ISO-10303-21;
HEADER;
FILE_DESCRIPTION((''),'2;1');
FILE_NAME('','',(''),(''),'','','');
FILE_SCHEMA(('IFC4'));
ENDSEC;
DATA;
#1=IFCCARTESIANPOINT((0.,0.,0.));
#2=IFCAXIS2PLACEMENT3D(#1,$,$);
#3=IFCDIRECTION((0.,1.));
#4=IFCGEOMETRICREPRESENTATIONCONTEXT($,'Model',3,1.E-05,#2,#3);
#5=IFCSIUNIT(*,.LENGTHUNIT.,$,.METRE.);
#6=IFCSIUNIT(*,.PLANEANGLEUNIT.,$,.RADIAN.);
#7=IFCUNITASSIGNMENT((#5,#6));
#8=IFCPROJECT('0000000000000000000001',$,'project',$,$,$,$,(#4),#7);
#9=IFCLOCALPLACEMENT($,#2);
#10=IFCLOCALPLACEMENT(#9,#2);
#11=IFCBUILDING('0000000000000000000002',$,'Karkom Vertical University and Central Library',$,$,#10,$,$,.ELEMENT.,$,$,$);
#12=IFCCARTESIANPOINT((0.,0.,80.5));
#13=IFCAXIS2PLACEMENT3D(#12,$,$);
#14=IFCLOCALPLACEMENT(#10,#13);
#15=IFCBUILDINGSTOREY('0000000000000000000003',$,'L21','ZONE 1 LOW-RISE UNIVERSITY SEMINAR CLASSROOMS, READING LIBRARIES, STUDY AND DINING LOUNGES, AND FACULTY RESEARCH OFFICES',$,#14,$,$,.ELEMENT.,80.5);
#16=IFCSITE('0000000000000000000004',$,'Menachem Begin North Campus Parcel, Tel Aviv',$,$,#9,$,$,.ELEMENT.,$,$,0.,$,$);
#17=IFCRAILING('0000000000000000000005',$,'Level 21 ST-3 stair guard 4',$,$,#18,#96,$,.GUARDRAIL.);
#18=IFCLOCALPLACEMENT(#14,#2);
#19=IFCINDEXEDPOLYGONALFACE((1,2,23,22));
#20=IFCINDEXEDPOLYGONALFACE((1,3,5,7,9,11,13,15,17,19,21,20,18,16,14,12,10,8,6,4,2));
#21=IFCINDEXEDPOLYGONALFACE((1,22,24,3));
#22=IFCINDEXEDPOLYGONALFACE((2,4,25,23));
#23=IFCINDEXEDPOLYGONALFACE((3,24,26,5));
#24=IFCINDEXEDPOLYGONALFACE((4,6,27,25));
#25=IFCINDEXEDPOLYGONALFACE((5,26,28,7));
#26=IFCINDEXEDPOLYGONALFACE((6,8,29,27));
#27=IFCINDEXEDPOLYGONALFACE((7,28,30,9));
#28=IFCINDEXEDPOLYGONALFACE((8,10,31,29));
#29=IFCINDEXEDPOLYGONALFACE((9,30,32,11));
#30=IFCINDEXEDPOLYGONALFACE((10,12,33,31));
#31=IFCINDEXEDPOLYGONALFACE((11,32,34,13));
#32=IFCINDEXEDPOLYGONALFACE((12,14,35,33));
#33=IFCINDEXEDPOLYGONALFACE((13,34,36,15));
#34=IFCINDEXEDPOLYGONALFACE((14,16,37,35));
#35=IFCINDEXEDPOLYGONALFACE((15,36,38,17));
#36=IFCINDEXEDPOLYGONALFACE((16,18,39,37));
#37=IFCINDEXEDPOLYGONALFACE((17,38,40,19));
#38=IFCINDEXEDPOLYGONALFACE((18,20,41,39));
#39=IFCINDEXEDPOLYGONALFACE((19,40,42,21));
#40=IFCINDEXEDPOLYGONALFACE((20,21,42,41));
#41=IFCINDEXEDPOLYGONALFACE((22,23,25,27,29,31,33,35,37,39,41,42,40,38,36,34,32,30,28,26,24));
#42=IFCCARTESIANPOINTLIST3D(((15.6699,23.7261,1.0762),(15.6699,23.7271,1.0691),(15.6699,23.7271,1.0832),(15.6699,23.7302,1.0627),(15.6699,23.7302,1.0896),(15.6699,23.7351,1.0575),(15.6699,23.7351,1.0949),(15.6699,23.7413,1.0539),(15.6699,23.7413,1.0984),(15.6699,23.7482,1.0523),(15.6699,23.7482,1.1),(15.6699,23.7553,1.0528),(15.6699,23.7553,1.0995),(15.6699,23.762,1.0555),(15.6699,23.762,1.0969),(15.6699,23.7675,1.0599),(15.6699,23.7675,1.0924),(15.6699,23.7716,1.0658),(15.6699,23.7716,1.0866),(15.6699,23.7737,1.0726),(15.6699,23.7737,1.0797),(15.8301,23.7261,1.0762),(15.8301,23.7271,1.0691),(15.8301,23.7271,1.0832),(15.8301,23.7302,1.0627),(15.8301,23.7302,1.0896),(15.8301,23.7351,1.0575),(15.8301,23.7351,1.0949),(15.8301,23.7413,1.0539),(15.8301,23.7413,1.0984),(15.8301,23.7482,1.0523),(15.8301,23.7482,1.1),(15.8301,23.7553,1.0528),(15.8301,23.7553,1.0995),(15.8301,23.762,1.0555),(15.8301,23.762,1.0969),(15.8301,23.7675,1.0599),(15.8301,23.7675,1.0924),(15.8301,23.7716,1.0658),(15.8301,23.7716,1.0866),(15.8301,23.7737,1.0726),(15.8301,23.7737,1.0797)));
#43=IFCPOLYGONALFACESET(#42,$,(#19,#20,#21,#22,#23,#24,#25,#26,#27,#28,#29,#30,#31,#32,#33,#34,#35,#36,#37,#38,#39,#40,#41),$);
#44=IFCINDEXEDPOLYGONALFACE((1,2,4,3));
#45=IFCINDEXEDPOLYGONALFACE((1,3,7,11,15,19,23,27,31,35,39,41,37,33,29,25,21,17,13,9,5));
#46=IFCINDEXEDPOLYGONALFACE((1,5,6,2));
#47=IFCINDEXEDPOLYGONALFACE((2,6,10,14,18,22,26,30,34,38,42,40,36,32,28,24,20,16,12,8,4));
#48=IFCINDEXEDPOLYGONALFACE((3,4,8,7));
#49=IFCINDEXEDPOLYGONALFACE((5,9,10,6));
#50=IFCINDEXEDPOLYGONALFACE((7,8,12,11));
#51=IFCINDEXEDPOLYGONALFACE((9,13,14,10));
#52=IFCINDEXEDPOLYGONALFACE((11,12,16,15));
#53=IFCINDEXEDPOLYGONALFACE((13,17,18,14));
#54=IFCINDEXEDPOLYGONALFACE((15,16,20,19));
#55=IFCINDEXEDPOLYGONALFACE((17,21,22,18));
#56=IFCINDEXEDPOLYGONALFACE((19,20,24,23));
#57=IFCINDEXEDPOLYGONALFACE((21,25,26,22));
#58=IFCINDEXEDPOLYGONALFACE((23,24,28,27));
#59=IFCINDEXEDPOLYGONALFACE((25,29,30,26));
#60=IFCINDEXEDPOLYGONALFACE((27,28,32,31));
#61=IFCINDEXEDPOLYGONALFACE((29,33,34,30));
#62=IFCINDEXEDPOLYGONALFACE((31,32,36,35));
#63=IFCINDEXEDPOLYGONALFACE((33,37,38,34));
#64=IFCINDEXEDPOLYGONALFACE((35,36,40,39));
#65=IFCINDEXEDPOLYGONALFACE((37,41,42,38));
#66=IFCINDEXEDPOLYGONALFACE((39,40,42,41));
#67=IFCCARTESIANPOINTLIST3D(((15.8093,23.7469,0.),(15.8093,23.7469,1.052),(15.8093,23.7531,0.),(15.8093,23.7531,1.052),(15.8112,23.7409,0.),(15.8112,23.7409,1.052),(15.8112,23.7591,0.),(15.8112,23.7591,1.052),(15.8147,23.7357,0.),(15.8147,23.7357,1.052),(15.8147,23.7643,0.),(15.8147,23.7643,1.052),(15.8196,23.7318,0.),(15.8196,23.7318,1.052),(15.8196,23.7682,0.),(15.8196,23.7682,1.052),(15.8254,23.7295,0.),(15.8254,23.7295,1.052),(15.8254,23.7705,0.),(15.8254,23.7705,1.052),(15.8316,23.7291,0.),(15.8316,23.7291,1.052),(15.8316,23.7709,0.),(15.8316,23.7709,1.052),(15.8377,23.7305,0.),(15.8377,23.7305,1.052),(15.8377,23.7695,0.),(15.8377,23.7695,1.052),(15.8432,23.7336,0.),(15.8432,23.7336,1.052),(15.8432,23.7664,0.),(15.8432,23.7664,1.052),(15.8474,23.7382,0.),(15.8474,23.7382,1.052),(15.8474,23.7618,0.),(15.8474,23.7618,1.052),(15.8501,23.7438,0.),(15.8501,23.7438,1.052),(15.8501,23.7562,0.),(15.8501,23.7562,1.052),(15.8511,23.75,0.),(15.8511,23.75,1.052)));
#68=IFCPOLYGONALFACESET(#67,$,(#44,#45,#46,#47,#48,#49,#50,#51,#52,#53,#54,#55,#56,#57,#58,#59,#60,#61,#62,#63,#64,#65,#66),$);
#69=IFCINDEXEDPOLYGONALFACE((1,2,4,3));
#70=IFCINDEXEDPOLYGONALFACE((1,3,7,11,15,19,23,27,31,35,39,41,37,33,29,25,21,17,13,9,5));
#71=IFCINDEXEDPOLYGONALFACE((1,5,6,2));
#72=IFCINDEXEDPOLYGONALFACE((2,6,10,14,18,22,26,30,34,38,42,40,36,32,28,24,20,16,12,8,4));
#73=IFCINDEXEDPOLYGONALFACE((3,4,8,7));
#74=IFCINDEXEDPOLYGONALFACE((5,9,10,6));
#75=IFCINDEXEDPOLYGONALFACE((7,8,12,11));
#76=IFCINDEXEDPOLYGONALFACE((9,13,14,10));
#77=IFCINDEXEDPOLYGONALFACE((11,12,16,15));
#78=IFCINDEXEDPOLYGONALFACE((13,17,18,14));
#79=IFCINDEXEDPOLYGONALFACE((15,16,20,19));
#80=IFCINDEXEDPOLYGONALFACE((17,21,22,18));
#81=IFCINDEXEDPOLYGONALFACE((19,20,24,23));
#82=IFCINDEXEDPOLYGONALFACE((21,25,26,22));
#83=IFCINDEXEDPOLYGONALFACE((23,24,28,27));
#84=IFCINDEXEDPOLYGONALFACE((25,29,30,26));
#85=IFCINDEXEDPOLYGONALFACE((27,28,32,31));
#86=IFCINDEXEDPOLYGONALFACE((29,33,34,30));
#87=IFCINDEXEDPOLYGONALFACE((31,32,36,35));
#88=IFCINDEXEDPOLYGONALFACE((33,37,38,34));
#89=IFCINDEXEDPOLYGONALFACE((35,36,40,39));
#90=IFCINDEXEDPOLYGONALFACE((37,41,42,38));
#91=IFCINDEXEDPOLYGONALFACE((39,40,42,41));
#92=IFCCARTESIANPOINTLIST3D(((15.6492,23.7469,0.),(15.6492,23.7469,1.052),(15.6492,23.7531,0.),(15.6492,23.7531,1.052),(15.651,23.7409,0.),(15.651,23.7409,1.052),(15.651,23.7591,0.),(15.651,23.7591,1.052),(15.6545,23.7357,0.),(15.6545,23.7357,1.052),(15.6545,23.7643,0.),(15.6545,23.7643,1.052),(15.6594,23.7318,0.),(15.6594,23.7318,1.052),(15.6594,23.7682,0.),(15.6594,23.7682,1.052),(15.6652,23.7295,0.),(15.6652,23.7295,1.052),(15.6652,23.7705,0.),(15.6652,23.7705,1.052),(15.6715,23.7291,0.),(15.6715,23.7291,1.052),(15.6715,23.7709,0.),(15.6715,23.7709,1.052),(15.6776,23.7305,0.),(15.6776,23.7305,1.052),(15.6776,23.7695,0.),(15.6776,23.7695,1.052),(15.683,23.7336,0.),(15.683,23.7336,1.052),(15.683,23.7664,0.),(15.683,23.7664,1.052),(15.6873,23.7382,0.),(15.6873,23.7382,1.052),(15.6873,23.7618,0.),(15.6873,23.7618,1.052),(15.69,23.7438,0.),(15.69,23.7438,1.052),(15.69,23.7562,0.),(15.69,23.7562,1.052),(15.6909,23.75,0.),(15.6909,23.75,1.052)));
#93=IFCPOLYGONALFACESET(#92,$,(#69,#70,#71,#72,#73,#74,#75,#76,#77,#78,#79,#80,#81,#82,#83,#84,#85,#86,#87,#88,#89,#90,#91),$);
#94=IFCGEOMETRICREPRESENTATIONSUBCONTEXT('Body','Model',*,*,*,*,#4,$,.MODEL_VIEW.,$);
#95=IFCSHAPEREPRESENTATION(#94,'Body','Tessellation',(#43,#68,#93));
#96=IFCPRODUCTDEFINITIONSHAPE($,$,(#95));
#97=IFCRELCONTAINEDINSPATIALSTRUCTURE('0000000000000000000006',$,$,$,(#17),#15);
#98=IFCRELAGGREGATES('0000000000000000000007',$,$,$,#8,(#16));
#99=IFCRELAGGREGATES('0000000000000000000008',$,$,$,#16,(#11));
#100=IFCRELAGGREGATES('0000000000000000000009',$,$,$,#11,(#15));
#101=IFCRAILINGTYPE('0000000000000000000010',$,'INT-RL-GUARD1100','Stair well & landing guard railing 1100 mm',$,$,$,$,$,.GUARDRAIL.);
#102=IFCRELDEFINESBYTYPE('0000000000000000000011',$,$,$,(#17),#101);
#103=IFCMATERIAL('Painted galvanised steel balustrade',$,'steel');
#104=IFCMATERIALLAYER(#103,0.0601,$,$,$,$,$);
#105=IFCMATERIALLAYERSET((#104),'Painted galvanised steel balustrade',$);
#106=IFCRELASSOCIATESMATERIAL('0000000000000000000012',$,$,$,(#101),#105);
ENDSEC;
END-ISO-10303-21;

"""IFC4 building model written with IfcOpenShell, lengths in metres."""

from ifc_helpers import new_model, si_unit, direction, frame, origin, origin_2d, place, context, subcontext, project, spatial, circle, extrude, material, layer, layer_set, type_object, element, save


model = new_model("IFC4")

# Units and contexts
model_context = context("Model", 3, precision=1e-05, world=origin(), true_north=direction((0.0, 1.0)))
body_context = subcontext(model_context, "Body", "Model", "MODEL_VIEW")
ifc_project = project(units=[si_unit("LENGTHUNIT", "METRE"), si_unit("PLANEANGLEUNIT", "RADIAN")], contexts=[model_context])

# Site, building, storey
site_placement = place(None, origin())
site = spatial("IfcSite", under=ifc_project, at=site_placement, Name="Menachem Begin North Campus Parcel, Tel Aviv", CompositionType="ELEMENT", RefElevation=0.0)
building_placement = place(site_placement, origin())
building = spatial("IfcBuilding", under=site, at=building_placement, Name="Karkom Vertical University and Central Library", CompositionType="ELEMENT")
storey_placement = place(building_placement, frame((0.0, 0.0, 80.5)))
storey = spatial("IfcBuildingStorey", under=building, at=storey_placement, Name="L21", Description="ZONE 1 LOW-RISE UNIVERSITY SEMINAR CLASSROOMS, READING LIBRARIES, STUDY AND DINING LOUNGES, AND FACULTY RESEARCH OFFICES", CompositionType="ELEMENT", Elevation=80.5)

# Railing
ifc_material_1 = material(Name="Painted galvanised steel balustrade", Category="steel")
ifc_layer_1 = layer(ifc_material_1, 0.0601)
ifc_layer_set_1 = layer_set([ifc_layer_1], Name="Painted galvanised steel balustrade")
railing_type_1 = type_object("IfcRailingType", Name="INT-RL-GUARD1100", Description="Stair well & landing guard railing 1100 mm", PredefinedType="GUARDRAIL", material=ifc_layer_set_1)
railing_1_placement = place(storey_placement, frame((15.8301, 23.75, 0.0)))
element("IfcRailing", 1, at=railing_1_placement, inside=storey, type_object=railing_type_1, Name="Level 21 ST-3 stair guard 4", PredefinedType="GUARDRAIL", context=body_context, shape_type="SweptSolid", body=[
    extrude(circle(Radius=0.0239, at=origin_2d()), frame((0.0, 0.0, 1.0762), z_axis=(-1.0, 0.0, 0.0), x_axis=(0.0, -1.0, 0.0)), (0.0, 0.0, 1.0), 0.1602),
    extrude(circle(Radius=0.021, at=origin_2d()), origin(), (0.0, 0.0, 1.0), 1.052),
    extrude(circle(Radius=0.021, at=origin_2d()), frame((-0.1602, 0.0, 0.0)), (0.0, 0.0, 1.0), 1.052),
])

save(model, "model.ifc")
